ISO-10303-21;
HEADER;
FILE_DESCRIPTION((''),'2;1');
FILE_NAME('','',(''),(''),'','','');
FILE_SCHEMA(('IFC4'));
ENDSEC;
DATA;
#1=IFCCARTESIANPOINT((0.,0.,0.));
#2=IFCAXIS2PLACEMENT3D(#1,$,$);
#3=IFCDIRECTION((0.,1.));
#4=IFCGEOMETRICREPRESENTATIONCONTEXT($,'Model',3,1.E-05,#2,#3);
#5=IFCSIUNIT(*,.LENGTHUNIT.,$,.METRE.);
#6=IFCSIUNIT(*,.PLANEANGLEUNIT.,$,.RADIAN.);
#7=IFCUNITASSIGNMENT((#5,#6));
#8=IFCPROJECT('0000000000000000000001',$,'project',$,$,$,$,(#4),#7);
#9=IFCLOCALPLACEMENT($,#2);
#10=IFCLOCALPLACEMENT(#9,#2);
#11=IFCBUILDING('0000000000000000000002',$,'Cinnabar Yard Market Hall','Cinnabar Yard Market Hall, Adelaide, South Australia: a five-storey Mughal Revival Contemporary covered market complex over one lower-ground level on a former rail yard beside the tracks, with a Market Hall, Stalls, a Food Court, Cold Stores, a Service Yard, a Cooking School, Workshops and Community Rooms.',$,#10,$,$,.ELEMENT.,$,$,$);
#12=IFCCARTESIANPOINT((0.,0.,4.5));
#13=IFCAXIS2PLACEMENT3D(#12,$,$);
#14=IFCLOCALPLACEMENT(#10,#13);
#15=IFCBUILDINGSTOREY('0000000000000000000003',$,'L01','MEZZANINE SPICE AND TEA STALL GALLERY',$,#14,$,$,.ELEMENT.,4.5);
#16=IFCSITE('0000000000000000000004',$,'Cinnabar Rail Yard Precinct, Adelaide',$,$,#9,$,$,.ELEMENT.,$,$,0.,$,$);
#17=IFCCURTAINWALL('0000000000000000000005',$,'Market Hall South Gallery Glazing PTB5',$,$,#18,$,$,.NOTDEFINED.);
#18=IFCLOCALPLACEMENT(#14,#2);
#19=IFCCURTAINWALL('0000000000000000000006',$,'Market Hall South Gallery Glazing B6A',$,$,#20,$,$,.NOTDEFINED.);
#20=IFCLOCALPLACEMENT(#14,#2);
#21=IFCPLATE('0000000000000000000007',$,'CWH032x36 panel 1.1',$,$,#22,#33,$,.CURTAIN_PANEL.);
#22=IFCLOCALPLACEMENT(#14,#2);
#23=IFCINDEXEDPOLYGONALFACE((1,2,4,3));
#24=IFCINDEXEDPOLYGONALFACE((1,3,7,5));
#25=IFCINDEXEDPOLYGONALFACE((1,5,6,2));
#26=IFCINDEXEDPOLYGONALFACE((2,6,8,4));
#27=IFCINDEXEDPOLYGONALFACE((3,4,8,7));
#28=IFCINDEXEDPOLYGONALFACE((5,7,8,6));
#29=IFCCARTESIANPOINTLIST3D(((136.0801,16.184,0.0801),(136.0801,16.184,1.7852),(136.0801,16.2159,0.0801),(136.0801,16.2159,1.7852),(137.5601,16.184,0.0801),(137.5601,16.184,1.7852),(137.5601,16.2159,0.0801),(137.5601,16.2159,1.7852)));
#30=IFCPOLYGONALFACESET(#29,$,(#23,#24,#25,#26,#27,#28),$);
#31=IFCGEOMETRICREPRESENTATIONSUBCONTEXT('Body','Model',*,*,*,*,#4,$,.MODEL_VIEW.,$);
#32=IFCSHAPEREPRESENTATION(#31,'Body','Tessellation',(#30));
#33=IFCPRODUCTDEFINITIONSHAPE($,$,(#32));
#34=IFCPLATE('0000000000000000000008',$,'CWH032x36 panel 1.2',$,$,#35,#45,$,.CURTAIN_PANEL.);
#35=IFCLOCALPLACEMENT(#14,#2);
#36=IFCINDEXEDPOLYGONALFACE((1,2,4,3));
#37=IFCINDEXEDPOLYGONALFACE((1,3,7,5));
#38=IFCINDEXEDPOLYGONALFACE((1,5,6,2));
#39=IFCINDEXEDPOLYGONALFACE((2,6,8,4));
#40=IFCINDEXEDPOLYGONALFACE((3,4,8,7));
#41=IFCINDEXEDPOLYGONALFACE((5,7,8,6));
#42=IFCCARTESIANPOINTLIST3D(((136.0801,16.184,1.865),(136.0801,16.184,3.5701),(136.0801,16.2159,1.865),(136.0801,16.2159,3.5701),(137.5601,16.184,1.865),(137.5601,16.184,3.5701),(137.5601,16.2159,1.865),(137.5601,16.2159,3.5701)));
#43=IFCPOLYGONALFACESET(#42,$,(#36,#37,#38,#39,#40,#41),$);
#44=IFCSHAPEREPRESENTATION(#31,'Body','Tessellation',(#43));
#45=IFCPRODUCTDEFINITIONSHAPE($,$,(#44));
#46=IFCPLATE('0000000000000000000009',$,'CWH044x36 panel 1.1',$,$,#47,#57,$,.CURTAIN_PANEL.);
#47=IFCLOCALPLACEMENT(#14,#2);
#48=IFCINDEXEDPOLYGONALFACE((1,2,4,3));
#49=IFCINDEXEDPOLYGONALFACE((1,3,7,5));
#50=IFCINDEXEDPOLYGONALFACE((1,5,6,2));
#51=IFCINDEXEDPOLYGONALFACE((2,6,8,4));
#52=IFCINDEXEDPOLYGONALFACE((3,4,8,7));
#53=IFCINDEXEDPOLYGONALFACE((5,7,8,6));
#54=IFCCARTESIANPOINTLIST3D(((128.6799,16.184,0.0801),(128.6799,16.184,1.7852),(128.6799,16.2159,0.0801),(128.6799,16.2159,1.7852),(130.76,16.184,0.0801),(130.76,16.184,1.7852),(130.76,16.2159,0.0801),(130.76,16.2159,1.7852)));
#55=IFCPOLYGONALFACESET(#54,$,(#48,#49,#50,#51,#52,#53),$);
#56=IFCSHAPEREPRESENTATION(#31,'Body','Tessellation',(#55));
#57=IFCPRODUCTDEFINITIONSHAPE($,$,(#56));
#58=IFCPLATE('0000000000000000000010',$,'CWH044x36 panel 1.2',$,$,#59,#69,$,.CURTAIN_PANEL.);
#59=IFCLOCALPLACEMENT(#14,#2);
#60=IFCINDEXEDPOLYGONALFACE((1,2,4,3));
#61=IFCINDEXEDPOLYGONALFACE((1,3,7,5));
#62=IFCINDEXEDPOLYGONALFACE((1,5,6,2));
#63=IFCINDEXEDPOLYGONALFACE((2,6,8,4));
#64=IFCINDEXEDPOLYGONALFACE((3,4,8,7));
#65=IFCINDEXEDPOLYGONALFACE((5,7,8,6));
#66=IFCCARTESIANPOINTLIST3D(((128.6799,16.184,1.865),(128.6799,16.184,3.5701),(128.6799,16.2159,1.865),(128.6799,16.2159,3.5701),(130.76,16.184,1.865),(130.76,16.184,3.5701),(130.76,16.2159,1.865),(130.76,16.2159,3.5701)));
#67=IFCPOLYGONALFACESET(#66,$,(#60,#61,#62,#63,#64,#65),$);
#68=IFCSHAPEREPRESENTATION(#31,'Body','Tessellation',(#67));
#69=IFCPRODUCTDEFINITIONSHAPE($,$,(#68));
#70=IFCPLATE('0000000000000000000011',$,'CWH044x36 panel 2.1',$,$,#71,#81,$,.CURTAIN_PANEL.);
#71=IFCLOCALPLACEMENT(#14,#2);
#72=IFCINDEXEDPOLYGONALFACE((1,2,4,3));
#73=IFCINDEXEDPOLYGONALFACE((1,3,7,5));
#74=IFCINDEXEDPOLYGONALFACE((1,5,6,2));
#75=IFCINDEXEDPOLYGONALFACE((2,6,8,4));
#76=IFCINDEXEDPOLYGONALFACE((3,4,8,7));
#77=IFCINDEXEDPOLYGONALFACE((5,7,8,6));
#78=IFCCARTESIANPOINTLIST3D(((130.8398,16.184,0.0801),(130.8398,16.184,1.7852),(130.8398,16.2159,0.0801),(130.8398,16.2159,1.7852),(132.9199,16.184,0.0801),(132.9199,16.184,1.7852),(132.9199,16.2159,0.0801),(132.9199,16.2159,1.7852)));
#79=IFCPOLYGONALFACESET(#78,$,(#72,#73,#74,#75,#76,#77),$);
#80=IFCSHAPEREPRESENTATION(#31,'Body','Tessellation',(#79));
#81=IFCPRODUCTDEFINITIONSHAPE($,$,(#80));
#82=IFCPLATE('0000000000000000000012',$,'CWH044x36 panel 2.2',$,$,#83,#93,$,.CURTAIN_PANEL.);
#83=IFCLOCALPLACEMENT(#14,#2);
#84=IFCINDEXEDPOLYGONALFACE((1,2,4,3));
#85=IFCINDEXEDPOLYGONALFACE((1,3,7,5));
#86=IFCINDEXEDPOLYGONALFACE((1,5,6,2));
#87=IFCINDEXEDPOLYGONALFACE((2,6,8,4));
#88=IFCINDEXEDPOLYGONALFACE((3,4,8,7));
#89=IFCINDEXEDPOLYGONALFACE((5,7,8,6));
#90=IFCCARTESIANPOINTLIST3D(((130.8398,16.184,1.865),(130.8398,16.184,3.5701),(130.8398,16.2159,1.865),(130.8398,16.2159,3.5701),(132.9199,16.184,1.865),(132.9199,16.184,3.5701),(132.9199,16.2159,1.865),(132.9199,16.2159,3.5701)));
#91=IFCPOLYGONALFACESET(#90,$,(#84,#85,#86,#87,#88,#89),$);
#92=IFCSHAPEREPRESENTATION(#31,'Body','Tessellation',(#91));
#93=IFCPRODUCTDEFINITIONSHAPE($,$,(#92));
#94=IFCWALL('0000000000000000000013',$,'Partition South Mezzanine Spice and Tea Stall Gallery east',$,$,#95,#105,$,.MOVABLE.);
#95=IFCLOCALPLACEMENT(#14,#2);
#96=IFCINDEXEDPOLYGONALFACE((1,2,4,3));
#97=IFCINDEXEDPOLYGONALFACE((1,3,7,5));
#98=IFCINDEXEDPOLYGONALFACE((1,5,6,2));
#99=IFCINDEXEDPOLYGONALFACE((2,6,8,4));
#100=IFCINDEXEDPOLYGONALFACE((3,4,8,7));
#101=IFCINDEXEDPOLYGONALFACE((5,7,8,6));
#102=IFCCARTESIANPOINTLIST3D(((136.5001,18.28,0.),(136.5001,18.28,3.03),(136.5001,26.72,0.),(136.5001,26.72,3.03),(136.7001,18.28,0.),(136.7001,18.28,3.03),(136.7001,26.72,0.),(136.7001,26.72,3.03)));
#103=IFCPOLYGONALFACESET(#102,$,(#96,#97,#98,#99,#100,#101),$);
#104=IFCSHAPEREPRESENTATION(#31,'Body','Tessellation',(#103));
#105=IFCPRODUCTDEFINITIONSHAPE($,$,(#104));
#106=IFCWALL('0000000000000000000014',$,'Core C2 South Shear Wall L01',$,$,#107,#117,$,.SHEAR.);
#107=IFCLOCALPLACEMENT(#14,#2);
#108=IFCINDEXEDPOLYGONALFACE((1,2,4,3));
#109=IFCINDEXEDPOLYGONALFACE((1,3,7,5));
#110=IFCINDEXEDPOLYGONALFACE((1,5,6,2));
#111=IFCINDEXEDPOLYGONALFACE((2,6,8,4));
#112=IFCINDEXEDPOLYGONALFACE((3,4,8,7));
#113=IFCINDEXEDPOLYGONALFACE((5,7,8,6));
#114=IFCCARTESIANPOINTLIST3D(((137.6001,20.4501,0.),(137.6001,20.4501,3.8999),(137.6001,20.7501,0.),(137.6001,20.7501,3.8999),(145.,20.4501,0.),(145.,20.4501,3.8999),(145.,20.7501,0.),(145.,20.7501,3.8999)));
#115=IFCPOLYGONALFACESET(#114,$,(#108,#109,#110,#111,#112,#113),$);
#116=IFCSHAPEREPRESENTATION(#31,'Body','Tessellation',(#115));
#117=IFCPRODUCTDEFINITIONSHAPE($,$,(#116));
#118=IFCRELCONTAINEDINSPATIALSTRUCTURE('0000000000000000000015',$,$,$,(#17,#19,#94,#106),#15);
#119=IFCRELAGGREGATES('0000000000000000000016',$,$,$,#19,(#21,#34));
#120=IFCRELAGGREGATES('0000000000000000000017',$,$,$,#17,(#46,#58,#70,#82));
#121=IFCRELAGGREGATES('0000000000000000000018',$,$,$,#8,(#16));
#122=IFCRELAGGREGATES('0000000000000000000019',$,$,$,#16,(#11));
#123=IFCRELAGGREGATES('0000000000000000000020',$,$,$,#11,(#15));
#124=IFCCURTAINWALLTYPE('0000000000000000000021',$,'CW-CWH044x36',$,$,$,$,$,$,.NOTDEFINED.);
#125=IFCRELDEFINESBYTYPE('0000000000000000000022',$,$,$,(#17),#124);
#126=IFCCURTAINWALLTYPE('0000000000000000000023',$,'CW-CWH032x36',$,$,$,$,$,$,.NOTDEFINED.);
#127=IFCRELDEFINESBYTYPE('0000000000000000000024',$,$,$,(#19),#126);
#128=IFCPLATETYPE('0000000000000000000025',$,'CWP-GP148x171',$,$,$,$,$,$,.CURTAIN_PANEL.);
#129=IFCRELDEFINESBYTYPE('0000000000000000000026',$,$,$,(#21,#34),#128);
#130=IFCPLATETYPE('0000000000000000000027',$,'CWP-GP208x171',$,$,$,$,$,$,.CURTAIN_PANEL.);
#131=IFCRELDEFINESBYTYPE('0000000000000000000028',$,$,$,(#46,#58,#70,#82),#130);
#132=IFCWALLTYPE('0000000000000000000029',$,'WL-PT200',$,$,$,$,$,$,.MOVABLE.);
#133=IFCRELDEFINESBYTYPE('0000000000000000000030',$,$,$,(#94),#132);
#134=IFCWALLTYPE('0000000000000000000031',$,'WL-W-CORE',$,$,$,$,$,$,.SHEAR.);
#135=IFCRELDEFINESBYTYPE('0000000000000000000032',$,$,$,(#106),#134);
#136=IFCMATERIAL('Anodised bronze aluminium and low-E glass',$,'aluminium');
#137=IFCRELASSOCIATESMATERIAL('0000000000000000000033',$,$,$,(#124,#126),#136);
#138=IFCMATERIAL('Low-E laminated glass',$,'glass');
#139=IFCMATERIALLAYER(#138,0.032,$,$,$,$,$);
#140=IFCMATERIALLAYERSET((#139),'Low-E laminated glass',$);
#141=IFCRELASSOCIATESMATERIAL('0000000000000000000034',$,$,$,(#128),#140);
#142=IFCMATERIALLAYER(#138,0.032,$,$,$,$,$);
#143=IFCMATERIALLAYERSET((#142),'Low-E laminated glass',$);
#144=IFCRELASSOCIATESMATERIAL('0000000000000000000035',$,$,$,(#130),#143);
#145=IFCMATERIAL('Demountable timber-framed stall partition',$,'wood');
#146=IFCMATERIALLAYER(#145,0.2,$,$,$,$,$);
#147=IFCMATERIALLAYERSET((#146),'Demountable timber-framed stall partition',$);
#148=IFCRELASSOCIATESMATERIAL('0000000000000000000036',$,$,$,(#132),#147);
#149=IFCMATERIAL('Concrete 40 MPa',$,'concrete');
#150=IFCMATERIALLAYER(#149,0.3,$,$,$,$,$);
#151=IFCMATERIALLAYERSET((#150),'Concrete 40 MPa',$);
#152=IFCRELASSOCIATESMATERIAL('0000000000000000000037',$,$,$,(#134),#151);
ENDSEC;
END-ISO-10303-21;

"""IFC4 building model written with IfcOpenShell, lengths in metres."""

from ifc_helpers import new_model, si_unit, direction, frame, frame_2d, origin, origin_2d_with_axis, place, context, subcontext, project, spatial, rectangle, extrude, material, layer, layer_set, type_object, element, aggregate, save


model = new_model("IFC4")

# Units and contexts
model_context = context("Model", 3, precision=1e-05, world=origin(), true_north=direction((0.0, 1.0)))
body_context = subcontext(model_context, "Body", "Model", "MODEL_VIEW")
ifc_project = project(units=[si_unit("LENGTHUNIT", "METRE"), si_unit("PLANEANGLEUNIT", "RADIAN")], contexts=[model_context])

# Site, building, storey
site_placement = place(None, origin())
site = spatial("IfcSite", under=ifc_project, at=site_placement, Name="Cinnabar Rail Yard Precinct, Adelaide", CompositionType="ELEMENT", RefElevation=0.0)
building_placement = place(site_placement, origin())
building = spatial("IfcBuilding", under=site, at=building_placement, Name="Cinnabar Yard Market Hall", Description="Cinnabar Yard Market Hall, Adelaide, South Australia: a five-storey Mughal Revival Contemporary covered market complex over one lower-ground level on a former rail yard beside the tracks, with a Market Hall, Stalls, a Food Court, Cold Stores, a Service Yard, a Cooking School, Workshops and Community Rooms.", CompositionType="ELEMENT")
storey_placement = place(building_placement, frame((0.0, 0.0, 4.5)))
storey = spatial("IfcBuildingStorey", under=building, at=storey_placement, Name="L01", Description="MEZZANINE SPICE AND TEA STALL GALLERY", CompositionType="ELEMENT", Elevation=4.5)

# Curtain walls
ifc_material_1 = material(Name="Anodised bronze aluminium and low-E glass", Category="aluminium")
curtain_wall_type_1 = type_object("IfcCurtainWallType", Name="CW-CWH044x36", PredefinedType="NOTDEFINED", material=ifc_material_1)
curtain_wall_1_placement = place(storey_placement, origin())
curtain_wall_1 = element("IfcCurtainWall", 1, at=curtain_wall_1_placement, inside=storey, type_object=curtain_wall_type_1, Name="Market Hall South Gallery Glazing PTB5", PredefinedType="NOTDEFINED")
curtain_wall_type_2 = type_object("IfcCurtainWallType", Name="CW-CWH032x36", PredefinedType="NOTDEFINED", material=ifc_material_1)
curtain_wall_2_placement = place(storey_placement, origin())
curtain_wall_2 = element("IfcCurtainWall", 2, at=curtain_wall_2_placement, inside=storey, type_object=curtain_wall_type_2, Name="Market Hall South Gallery Glazing B6A", PredefinedType="NOTDEFINED")

# Plates
ifc_material_2 = material(Name="Low-E laminated glass", Category="glass")
ifc_layer_1 = layer(ifc_material_2, 0.032)
ifc_layer_set_1 = layer_set([ifc_layer_1], Name="Low-E laminated glass")
plate_type_1 = type_object("IfcPlateType", Name="CWP-GP148x171", PredefinedType="CURTAIN_PANEL", material=ifc_layer_set_1)
plate_1_placement = place(storey_placement, frame((136.8201, 16.2, 0.0801), z_axis=(0.0, 0.0, 1.0), x_axis=(1.0, 0.0, 0.0)))
plate_1 = element("IfcPlate", 3, at=plate_1_placement, type_object=plate_type_1, Name="CWH032x36 panel 1.1", PredefinedType="CURTAIN_PANEL", context=body_context, shape_type="SweptSolid", body=[
    extrude(rectangle(XDim=1.48, YDim=0.032, at=origin_2d_with_axis()), origin(), (0.0, 0.0, 1.0), 1.7051),
])
plate_2_placement = place(storey_placement, frame((136.8201, 16.2, 1.865), z_axis=(0.0, 0.0, 1.0), x_axis=(1.0, 0.0, 0.0)))
plate_2 = element("IfcPlate", 4, at=plate_2_placement, type_object=plate_type_1, Name="CWH032x36 panel 1.2", PredefinedType="CURTAIN_PANEL", context=body_context, shape_type="SweptSolid", body=[
    extrude(rectangle(XDim=1.48, YDim=0.032, at=origin_2d_with_axis()), origin(), (0.0, 0.0, 1.0), 1.7051),
])
aggregate(curtain_wall_2, [plate_1, plate_2])
ifc_layer_2 = layer(ifc_material_2, 0.032)
ifc_layer_set_2 = layer_set([ifc_layer_2], Name="Low-E laminated glass")
plate_type_2 = type_object("IfcPlateType", Name="CWP-GP208x171", PredefinedType="CURTAIN_PANEL", material=ifc_layer_set_2)
plate_3_placement = place(storey_placement, frame((129.72, 16.2, 0.0801), z_axis=(0.0, 0.0, 1.0), x_axis=(1.0, 0.0, 0.0)))
plate_3 = element("IfcPlate", 5, at=plate_3_placement, type_object=plate_type_2, Name="CWH044x36 panel 1.1", PredefinedType="CURTAIN_PANEL", context=body_context, shape_type="SweptSolid", body=[
    extrude(rectangle(XDim=2.0801, YDim=0.032, at=origin_2d_with_axis()), origin(), (0.0, 0.0, 1.0), 1.7051),
])
plate_4_placement = place(storey_placement, frame((129.72, 16.2, 1.865), z_axis=(0.0, 0.0, 1.0), x_axis=(1.0, 0.0, 0.0)))
plate_4 = element("IfcPlate", 6, at=plate_4_placement, type_object=plate_type_2, Name="CWH044x36 panel 1.2", PredefinedType="CURTAIN_PANEL", context=body_context, shape_type="SweptSolid", body=[
    extrude(rectangle(XDim=2.0801, YDim=0.032, at=origin_2d_with_axis()), origin(), (0.0, 0.0, 1.0), 1.7051),
])
plate_5_placement = place(storey_placement, frame((131.8799, 16.2, 0.0801), z_axis=(0.0, 0.0, 1.0), x_axis=(1.0, 0.0, 0.0)))
plate_5 = element("IfcPlate", 7, at=plate_5_placement, type_object=plate_type_2, Name="CWH044x36 panel 2.1", PredefinedType="CURTAIN_PANEL", context=body_context, shape_type="SweptSolid", body=[
    extrude(rectangle(XDim=2.0801, YDim=0.032, at=origin_2d_with_axis()), origin(), (0.0, 0.0, 1.0), 1.7051),
])
plate_6_placement = place(storey_placement, frame((131.8799, 16.2, 1.865), z_axis=(0.0, 0.0, 1.0), x_axis=(1.0, 0.0, 0.0)))
plate_6 = element("IfcPlate", 8, at=plate_6_placement, type_object=plate_type_2, Name="CWH044x36 panel 2.2", PredefinedType="CURTAIN_PANEL", context=body_context, shape_type="SweptSolid", body=[
    extrude(rectangle(XDim=2.0801, YDim=0.032, at=origin_2d_with_axis()), origin(), (0.0, 0.0, 1.0), 1.7051),
])
aggregate(curtain_wall_1, [plate_3, plate_4, plate_5, plate_6])

# Walls
ifc_material_3 = material(Name="Demountable timber-framed stall partition", Category="wood")
ifc_layer_3 = layer(ifc_material_3, 0.2)
ifc_layer_set_3 = layer_set([ifc_layer_3], Name="Demountable timber-framed stall partition")
wall_type_1 = type_object("IfcWallType", Name="WL-PT200", PredefinedType="MOVABLE", material=ifc_layer_set_3)
wall_1_placement = place(storey_placement, frame((136.6001, 18.28, 0.0), z_axis=(0.0, 0.0, 1.0), x_axis=(0.0, 1.0, 0.0)))
element("IfcWall", 9, at=wall_1_placement, inside=storey, type_object=wall_type_1, Name="Partition South Mezzanine Spice and Tea Stall Gallery east", PredefinedType="MOVABLE", context=body_context, shape_type="SweptSolid", body=[
    extrude(rectangle(XDim=8.4399, YDim=0.2, at=frame_2d((4.22, 0.0), x_axis=(1.0, 0.0))), origin(), (0.0, 0.0, 1.0), 3.03),
])
ifc_material_4 = material(Name="Concrete 40 MPa", Category="concrete")
ifc_layer_4 = layer(ifc_material_4, 0.3)
ifc_layer_set_4 = layer_set([ifc_layer_4], Name="Concrete 40 MPa")
wall_type_2 = type_object("IfcWallType", Name="WL-W-CORE", PredefinedType="SHEAR", material=ifc_layer_set_4)
wall_2_placement = place(storey_placement, frame((137.6001, 20.6001, 0.0), z_axis=(0.0, 0.0, 1.0), x_axis=(1.0, 0.0, 0.0)))
element("IfcWall", 10, at=wall_2_placement, inside=storey, type_object=wall_type_2, Name="Core C2 South Shear Wall L01", PredefinedType="SHEAR", context=body_context, shape_type="SweptSolid", body=[
    extrude(rectangle(XDim=7.3999, YDim=0.3, at=frame_2d((3.7, 0.0), x_axis=(1.0, 0.0))), origin(), (0.0, 0.0, 1.0), 3.8999),
])

save(model, "model.ifc")
